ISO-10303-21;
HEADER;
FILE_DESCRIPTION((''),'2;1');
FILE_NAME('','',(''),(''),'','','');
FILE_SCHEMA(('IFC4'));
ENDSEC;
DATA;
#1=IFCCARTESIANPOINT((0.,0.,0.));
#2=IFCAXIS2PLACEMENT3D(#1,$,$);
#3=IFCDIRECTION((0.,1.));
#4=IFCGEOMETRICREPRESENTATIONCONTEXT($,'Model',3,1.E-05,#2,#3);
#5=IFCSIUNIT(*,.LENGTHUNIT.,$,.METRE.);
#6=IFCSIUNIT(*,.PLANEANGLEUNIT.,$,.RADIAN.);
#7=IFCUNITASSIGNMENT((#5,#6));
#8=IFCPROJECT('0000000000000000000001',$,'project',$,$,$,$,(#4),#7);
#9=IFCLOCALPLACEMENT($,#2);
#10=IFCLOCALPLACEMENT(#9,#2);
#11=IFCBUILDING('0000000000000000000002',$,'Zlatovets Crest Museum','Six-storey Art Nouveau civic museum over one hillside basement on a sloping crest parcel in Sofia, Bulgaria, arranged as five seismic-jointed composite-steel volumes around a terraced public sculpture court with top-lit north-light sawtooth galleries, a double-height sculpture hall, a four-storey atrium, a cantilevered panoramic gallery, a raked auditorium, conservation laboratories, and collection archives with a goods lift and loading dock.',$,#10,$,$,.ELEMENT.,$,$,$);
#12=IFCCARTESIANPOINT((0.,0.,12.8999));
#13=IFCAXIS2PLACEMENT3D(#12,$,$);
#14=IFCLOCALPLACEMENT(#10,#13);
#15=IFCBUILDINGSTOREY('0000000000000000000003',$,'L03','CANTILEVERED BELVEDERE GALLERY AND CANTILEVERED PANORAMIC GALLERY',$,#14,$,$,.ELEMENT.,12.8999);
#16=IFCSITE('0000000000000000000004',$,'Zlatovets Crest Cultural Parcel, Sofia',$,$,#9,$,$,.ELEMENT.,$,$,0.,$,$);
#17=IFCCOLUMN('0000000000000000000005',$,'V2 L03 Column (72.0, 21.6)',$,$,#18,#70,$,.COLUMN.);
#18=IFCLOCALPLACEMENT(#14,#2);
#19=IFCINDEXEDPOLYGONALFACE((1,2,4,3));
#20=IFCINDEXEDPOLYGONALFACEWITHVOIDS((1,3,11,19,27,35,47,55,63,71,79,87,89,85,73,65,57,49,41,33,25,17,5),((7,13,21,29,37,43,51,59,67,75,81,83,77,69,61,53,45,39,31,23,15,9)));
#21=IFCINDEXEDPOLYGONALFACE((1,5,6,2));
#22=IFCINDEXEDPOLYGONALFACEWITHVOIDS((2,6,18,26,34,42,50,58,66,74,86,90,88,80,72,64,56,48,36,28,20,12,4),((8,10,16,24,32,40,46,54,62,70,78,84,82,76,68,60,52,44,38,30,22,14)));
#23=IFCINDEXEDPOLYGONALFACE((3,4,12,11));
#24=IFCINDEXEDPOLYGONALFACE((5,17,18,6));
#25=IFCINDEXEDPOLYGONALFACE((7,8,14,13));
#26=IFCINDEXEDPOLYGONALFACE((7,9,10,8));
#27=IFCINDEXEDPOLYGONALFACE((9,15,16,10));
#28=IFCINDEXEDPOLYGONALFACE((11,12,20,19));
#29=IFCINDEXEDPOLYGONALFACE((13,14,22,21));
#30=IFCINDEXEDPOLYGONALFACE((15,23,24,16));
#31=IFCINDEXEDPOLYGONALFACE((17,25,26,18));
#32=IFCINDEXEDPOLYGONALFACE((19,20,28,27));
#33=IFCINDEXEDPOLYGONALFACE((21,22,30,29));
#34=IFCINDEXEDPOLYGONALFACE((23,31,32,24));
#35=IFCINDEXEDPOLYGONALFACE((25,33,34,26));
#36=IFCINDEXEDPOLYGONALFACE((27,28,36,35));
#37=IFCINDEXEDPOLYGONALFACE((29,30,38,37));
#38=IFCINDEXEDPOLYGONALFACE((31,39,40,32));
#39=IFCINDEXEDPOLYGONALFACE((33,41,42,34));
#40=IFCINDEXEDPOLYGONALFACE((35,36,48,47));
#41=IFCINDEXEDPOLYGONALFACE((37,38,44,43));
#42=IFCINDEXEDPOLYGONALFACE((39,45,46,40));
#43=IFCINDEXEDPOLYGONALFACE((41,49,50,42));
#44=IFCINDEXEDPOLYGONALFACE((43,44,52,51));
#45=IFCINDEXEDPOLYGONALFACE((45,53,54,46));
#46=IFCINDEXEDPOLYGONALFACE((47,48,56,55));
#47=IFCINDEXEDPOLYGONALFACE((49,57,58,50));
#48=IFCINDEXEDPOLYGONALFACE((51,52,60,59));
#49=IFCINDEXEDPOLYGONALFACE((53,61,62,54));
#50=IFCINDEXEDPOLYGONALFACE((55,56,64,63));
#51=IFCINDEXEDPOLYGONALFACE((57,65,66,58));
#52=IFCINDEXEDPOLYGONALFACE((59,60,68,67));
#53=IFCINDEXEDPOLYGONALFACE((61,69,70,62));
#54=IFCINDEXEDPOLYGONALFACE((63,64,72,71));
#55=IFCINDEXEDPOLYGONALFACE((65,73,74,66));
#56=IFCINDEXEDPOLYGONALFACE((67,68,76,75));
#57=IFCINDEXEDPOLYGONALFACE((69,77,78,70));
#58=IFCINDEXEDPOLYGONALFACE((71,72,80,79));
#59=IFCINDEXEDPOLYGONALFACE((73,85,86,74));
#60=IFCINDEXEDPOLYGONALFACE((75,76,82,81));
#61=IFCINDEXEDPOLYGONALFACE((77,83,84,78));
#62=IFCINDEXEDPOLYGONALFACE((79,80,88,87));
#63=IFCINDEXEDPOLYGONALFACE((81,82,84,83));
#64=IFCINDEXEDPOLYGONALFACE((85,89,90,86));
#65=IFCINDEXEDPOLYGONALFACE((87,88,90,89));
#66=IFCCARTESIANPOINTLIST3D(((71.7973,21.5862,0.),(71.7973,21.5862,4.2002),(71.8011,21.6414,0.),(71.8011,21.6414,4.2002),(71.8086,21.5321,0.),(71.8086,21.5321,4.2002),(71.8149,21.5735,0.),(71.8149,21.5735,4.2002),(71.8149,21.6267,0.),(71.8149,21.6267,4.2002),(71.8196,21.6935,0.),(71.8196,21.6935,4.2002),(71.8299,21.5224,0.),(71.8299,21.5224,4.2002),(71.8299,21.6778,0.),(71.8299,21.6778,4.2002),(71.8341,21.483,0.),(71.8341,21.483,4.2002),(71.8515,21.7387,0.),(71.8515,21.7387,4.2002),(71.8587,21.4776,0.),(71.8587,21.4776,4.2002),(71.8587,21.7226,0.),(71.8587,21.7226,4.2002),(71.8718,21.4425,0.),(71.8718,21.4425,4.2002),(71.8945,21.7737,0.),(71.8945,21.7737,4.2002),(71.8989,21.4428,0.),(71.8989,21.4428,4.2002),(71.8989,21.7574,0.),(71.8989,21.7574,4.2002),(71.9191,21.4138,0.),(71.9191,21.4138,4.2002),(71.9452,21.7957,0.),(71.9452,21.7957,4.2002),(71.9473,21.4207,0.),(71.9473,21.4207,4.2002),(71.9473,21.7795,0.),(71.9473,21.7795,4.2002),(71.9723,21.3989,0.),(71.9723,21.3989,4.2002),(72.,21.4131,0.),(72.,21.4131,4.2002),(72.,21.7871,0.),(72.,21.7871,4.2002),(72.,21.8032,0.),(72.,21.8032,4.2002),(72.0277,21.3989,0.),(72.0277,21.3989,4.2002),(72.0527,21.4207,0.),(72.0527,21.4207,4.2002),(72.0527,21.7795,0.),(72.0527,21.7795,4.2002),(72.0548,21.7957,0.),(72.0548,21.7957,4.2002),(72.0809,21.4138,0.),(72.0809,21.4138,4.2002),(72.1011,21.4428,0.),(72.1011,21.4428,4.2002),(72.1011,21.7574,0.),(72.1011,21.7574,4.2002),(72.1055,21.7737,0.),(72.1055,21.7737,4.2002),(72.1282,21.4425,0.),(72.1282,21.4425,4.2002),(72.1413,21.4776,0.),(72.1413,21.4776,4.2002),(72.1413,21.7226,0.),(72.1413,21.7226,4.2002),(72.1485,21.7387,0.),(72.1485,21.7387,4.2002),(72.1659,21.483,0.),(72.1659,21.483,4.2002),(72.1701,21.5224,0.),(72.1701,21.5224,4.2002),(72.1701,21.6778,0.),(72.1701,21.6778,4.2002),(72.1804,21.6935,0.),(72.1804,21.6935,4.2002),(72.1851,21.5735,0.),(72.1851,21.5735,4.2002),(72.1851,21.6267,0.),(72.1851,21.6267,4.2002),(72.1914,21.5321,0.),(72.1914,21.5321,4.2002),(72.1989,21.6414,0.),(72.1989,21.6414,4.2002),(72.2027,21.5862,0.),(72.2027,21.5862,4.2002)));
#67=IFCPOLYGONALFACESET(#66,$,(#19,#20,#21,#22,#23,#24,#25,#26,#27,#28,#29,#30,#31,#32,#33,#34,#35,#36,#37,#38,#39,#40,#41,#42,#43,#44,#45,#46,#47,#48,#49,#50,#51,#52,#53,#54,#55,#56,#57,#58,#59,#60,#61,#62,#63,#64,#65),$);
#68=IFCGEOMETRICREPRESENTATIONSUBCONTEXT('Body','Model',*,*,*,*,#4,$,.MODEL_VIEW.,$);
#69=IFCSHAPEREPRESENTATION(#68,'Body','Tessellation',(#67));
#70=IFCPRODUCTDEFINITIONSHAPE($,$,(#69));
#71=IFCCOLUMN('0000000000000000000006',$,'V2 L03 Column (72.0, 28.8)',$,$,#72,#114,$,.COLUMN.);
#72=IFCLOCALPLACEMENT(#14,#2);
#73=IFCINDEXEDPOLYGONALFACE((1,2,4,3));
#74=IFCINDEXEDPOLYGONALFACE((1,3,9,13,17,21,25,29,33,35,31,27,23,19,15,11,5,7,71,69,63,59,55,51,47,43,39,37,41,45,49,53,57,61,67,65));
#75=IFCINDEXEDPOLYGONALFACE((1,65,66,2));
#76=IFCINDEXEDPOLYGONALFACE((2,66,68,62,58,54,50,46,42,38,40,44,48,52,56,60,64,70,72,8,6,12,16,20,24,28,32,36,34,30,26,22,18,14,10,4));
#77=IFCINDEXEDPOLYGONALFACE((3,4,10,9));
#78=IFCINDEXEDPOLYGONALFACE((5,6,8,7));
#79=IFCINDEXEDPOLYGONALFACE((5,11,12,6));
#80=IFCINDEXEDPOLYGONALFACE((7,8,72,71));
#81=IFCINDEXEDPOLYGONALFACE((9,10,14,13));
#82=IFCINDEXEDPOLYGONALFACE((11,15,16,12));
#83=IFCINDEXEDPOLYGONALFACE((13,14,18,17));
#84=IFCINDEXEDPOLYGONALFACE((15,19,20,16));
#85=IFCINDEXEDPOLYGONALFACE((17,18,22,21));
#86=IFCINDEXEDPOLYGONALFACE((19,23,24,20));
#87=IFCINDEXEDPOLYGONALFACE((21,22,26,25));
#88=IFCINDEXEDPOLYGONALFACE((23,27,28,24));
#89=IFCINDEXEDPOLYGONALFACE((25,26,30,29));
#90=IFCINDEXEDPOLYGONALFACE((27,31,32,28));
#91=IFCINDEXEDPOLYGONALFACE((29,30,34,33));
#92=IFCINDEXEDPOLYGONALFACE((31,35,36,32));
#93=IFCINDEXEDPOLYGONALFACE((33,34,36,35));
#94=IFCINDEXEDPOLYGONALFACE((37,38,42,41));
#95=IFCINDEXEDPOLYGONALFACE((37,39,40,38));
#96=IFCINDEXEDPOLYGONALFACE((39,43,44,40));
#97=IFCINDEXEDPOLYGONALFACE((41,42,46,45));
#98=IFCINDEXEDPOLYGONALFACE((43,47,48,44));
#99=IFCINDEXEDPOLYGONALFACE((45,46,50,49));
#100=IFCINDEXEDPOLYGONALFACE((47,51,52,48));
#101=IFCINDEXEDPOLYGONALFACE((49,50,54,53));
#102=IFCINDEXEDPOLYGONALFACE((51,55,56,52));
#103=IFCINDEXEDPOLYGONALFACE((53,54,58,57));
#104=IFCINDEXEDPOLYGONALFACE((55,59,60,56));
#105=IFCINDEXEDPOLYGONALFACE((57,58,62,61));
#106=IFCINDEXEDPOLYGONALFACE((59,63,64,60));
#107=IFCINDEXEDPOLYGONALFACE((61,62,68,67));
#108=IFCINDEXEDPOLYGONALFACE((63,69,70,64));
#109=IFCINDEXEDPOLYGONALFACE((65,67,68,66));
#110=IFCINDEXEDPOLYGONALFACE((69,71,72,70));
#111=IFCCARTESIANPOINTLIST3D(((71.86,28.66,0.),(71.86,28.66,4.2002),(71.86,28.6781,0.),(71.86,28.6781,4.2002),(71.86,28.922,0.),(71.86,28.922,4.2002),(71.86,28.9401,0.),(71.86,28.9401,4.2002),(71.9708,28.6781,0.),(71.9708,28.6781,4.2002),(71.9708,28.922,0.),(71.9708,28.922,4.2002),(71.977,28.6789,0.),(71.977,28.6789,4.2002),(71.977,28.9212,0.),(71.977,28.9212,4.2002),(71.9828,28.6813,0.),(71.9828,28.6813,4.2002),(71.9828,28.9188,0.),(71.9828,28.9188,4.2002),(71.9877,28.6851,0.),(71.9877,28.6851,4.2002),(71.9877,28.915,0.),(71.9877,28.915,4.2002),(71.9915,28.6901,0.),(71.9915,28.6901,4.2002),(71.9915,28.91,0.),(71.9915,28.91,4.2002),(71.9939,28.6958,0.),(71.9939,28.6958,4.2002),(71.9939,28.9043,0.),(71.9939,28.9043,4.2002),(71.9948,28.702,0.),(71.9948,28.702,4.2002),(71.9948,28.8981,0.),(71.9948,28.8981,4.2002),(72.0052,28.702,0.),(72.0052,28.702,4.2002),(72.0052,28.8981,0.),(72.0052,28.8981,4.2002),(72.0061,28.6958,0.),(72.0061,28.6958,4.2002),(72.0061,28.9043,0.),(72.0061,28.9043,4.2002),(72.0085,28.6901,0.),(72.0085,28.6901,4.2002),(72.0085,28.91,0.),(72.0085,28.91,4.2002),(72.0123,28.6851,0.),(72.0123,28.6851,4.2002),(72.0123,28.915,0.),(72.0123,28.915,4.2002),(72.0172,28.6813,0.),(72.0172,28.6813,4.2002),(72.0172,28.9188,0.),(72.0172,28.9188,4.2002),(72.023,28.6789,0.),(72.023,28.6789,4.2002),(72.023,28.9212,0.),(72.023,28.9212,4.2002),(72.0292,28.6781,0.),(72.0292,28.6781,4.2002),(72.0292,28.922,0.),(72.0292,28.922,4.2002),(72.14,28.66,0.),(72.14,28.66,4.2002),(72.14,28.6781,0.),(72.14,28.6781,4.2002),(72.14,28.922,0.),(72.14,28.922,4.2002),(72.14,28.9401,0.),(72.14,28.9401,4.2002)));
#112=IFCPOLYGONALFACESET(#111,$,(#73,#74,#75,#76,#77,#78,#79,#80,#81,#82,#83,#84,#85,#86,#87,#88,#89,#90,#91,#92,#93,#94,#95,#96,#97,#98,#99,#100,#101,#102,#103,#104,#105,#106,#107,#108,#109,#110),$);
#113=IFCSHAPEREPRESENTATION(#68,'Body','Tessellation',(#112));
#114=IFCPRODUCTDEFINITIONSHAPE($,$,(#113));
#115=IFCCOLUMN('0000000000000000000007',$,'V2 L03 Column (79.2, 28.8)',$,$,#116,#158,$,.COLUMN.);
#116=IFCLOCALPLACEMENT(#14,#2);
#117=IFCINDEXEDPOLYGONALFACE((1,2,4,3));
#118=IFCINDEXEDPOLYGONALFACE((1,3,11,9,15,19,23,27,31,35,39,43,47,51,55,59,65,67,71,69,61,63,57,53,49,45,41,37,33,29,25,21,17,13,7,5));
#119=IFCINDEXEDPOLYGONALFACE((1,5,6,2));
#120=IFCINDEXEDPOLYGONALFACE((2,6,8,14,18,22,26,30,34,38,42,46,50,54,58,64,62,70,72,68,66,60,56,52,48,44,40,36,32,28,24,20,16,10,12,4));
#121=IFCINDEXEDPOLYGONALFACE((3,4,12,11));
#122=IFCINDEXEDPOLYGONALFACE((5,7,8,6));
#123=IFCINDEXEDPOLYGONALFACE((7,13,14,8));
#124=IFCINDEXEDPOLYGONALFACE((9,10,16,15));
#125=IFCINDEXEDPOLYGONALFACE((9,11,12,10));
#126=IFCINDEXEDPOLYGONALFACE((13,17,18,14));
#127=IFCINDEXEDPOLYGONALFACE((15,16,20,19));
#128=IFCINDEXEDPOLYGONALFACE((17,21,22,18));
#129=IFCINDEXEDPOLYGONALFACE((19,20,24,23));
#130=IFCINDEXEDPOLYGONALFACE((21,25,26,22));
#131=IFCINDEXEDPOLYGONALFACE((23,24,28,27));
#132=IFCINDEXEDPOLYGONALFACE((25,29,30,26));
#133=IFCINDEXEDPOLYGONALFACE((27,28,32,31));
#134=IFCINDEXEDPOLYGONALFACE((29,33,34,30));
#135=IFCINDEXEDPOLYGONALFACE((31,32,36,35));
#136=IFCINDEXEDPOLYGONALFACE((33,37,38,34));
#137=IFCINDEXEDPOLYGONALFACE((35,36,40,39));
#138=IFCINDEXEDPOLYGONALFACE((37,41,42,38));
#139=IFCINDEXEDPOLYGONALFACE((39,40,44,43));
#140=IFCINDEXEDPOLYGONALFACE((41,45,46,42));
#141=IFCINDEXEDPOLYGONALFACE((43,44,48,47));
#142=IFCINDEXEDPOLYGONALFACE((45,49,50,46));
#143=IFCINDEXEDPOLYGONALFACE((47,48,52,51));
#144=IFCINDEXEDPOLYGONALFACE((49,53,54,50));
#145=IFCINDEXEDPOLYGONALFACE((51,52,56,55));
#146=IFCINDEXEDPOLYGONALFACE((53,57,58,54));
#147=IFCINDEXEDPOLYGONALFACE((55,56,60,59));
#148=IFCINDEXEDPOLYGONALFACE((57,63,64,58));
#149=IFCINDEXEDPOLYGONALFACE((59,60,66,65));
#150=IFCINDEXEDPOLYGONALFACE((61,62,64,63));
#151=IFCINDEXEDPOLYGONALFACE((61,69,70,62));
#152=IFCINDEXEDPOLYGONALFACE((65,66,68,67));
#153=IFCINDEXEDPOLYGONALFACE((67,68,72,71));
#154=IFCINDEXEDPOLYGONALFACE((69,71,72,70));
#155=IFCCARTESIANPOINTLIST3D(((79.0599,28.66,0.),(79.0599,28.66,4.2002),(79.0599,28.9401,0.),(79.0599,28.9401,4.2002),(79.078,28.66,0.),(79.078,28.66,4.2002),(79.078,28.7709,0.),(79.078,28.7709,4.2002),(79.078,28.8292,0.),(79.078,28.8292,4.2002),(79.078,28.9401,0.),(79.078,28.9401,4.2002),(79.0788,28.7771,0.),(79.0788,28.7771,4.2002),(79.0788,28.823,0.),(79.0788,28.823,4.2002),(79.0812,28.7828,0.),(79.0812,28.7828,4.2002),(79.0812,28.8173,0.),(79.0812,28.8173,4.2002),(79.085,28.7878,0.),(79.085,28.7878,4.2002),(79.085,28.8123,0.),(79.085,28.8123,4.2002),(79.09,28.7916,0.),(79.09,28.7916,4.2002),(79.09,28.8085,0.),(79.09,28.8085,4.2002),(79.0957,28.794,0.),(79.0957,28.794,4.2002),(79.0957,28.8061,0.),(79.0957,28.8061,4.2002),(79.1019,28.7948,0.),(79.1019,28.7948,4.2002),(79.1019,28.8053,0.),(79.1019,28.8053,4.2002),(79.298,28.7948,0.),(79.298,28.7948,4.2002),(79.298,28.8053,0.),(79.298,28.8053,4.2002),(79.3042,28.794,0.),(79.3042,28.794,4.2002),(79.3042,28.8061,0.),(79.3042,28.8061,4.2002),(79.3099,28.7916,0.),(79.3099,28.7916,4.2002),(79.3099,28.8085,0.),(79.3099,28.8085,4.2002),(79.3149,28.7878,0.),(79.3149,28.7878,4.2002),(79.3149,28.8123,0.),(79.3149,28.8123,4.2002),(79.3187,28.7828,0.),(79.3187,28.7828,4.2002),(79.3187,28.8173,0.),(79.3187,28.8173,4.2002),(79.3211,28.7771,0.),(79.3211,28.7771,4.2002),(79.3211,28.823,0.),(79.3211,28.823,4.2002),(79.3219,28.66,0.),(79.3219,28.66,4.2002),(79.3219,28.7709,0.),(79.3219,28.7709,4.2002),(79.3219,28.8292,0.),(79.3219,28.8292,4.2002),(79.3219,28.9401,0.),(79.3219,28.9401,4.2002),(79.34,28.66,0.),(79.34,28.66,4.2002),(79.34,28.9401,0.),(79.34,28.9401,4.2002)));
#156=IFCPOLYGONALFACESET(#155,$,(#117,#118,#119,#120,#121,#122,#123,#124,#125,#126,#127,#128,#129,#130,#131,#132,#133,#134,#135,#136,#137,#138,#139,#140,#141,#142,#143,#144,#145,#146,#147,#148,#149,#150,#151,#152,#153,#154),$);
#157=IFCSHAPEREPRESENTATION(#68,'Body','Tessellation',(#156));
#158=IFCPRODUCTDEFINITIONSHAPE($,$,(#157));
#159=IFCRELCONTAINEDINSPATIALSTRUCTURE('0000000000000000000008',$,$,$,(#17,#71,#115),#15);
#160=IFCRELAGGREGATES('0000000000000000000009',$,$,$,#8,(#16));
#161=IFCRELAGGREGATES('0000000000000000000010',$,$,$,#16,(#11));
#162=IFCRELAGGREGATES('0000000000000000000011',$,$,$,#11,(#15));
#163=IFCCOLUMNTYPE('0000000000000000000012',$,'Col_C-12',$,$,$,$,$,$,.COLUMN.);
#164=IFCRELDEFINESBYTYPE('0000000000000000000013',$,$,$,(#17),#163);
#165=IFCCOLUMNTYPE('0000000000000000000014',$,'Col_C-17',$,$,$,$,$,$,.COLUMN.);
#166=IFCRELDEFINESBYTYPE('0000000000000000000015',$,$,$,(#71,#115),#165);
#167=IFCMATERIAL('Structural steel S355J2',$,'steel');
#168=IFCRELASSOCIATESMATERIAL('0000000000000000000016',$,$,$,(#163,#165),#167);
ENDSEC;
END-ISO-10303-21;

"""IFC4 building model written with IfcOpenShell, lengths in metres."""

from ifc_helpers import new_model, si_unit, direction, frame, origin, origin_2d, place, context, subcontext, project, spatial, hollow_circle, i_section, extrude, material, material_profile, profile_set, type_object, element, save


model = new_model("IFC4")

# Units and contexts
model_context = context("Model", 3, precision=1e-05, world=origin(), true_north=direction((0.0, 1.0)))
body_context = subcontext(model_context, "Body", "Model", "MODEL_VIEW")
ifc_project = project(units=[si_unit("LENGTHUNIT", "METRE"), si_unit("PLANEANGLEUNIT", "RADIAN")], contexts=[model_context])

# Site, building, storey
site_placement = place(None, origin())
site = spatial("IfcSite", under=ifc_project, at=site_placement, Name="Zlatovets Crest Cultural Parcel, Sofia", CompositionType="ELEMENT", RefElevation=0.0)
building_placement = place(site_placement, origin())
building = spatial("IfcBuilding", under=site, at=building_placement, Name="Zlatovets Crest Museum", Description="Six-storey Art Nouveau civic museum over one hillside basement on a sloping crest parcel in Sofia, Bulgaria, arranged as five seismic-jointed composite-steel volumes around a terraced public sculpture court with top-lit north-light sawtooth galleries, a double-height sculpture hall, a four-storey atrium, a cantilevered panoramic gallery, a raked auditorium, conservation laboratories, and collection archives with a goods lift and loading dock.", CompositionType="ELEMENT")
storey_placement = place(building_placement, frame((0.0, 0.0, 12.8999)))
storey = spatial("IfcBuildingStorey", under=building, at=storey_placement, Name="L03", Description="CANTILEVERED BELVEDERE GALLERY AND CANTILEVERED PANORAMIC GALLERY", CompositionType="ELEMENT", Elevation=12.8999)

# Columns
ifc_material_1 = material(Name="Structural steel S355J2", Category="steel")
ifc_material_profile_1 = material_profile(ifc_material_1, hollow_circle(Radius=0.2031, WallThickness=0.0161, at=origin_2d()), Name="CHS 406.4x16.0")
ifc_profile_set_1 = profile_set([ifc_material_profile_1], Name="Structural steel S355J2")
column_type_1 = type_object("IfcColumnType", Name="Col_C-12", PredefinedType="COLUMN", material=ifc_profile_set_1)
for number, where, z_axis, x_axis, name in (
    (1, (72.0, 21.6001, 0.0), (0.0, 0.0, 1.0), (0.0, 1.0, 0.0), "V2 L03 Column (72.0, 21.6)"),
):
    element("IfcColumn", number, at=place(storey_placement, frame(where, z_axis=z_axis, x_axis=x_axis)), inside=storey, type_object=column_type_1, Name=name, PredefinedType="COLUMN", context=body_context, shape_type="SweptSolid", body=[
        extrude(hollow_circle(Radius=0.2031, WallThickness=0.0161, at=origin_2d()), origin(), (0.0, 0.0, 1.0), 4.2002),
    ])
ifc_material_profile_2 = material_profile(ifc_material_1, i_section(OverallWidth=0.28, OverallDepth=0.28, WebThickness=0.0105, FlangeThickness=0.0181, FilletRadius=0.0239, at=origin_2d()), Name="HEB 280")
ifc_profile_set_2 = profile_set([ifc_material_profile_2], Name="Structural steel S355J2")
column_type_2 = type_object("IfcColumnType", Name="Col_C-17", PredefinedType="COLUMN", material=ifc_profile_set_2)
for number, where, z_axis, x_axis, name in (
    (2, (72.0, 28.8, 0.0), (0.0, 0.0, 1.0), (1.0, 0.0, 0.0), "V2 L03 Column (72.0, 28.8)"),
    (3, (79.2, 28.8, 0.0), (0.0, 0.0, 1.0), (0.0, 1.0, 0.0), "V2 L03 Column (79.2, 28.8)"),
):
    element("IfcColumn", number, at=place(storey_placement, frame(where, z_axis=z_axis, x_axis=x_axis)), inside=storey, type_object=column_type_2, Name=name, PredefinedType="COLUMN", context=body_context, shape_type="SweptSolid", body=[
        extrude(i_section(OverallWidth=0.28, OverallDepth=0.28, WebThickness=0.0105, FlangeThickness=0.0181, FilletRadius=0.0239, at=origin_2d()), origin(), (0.0, 0.0, 1.0), 4.2002),
    ])

save(model, "model.ifc")
